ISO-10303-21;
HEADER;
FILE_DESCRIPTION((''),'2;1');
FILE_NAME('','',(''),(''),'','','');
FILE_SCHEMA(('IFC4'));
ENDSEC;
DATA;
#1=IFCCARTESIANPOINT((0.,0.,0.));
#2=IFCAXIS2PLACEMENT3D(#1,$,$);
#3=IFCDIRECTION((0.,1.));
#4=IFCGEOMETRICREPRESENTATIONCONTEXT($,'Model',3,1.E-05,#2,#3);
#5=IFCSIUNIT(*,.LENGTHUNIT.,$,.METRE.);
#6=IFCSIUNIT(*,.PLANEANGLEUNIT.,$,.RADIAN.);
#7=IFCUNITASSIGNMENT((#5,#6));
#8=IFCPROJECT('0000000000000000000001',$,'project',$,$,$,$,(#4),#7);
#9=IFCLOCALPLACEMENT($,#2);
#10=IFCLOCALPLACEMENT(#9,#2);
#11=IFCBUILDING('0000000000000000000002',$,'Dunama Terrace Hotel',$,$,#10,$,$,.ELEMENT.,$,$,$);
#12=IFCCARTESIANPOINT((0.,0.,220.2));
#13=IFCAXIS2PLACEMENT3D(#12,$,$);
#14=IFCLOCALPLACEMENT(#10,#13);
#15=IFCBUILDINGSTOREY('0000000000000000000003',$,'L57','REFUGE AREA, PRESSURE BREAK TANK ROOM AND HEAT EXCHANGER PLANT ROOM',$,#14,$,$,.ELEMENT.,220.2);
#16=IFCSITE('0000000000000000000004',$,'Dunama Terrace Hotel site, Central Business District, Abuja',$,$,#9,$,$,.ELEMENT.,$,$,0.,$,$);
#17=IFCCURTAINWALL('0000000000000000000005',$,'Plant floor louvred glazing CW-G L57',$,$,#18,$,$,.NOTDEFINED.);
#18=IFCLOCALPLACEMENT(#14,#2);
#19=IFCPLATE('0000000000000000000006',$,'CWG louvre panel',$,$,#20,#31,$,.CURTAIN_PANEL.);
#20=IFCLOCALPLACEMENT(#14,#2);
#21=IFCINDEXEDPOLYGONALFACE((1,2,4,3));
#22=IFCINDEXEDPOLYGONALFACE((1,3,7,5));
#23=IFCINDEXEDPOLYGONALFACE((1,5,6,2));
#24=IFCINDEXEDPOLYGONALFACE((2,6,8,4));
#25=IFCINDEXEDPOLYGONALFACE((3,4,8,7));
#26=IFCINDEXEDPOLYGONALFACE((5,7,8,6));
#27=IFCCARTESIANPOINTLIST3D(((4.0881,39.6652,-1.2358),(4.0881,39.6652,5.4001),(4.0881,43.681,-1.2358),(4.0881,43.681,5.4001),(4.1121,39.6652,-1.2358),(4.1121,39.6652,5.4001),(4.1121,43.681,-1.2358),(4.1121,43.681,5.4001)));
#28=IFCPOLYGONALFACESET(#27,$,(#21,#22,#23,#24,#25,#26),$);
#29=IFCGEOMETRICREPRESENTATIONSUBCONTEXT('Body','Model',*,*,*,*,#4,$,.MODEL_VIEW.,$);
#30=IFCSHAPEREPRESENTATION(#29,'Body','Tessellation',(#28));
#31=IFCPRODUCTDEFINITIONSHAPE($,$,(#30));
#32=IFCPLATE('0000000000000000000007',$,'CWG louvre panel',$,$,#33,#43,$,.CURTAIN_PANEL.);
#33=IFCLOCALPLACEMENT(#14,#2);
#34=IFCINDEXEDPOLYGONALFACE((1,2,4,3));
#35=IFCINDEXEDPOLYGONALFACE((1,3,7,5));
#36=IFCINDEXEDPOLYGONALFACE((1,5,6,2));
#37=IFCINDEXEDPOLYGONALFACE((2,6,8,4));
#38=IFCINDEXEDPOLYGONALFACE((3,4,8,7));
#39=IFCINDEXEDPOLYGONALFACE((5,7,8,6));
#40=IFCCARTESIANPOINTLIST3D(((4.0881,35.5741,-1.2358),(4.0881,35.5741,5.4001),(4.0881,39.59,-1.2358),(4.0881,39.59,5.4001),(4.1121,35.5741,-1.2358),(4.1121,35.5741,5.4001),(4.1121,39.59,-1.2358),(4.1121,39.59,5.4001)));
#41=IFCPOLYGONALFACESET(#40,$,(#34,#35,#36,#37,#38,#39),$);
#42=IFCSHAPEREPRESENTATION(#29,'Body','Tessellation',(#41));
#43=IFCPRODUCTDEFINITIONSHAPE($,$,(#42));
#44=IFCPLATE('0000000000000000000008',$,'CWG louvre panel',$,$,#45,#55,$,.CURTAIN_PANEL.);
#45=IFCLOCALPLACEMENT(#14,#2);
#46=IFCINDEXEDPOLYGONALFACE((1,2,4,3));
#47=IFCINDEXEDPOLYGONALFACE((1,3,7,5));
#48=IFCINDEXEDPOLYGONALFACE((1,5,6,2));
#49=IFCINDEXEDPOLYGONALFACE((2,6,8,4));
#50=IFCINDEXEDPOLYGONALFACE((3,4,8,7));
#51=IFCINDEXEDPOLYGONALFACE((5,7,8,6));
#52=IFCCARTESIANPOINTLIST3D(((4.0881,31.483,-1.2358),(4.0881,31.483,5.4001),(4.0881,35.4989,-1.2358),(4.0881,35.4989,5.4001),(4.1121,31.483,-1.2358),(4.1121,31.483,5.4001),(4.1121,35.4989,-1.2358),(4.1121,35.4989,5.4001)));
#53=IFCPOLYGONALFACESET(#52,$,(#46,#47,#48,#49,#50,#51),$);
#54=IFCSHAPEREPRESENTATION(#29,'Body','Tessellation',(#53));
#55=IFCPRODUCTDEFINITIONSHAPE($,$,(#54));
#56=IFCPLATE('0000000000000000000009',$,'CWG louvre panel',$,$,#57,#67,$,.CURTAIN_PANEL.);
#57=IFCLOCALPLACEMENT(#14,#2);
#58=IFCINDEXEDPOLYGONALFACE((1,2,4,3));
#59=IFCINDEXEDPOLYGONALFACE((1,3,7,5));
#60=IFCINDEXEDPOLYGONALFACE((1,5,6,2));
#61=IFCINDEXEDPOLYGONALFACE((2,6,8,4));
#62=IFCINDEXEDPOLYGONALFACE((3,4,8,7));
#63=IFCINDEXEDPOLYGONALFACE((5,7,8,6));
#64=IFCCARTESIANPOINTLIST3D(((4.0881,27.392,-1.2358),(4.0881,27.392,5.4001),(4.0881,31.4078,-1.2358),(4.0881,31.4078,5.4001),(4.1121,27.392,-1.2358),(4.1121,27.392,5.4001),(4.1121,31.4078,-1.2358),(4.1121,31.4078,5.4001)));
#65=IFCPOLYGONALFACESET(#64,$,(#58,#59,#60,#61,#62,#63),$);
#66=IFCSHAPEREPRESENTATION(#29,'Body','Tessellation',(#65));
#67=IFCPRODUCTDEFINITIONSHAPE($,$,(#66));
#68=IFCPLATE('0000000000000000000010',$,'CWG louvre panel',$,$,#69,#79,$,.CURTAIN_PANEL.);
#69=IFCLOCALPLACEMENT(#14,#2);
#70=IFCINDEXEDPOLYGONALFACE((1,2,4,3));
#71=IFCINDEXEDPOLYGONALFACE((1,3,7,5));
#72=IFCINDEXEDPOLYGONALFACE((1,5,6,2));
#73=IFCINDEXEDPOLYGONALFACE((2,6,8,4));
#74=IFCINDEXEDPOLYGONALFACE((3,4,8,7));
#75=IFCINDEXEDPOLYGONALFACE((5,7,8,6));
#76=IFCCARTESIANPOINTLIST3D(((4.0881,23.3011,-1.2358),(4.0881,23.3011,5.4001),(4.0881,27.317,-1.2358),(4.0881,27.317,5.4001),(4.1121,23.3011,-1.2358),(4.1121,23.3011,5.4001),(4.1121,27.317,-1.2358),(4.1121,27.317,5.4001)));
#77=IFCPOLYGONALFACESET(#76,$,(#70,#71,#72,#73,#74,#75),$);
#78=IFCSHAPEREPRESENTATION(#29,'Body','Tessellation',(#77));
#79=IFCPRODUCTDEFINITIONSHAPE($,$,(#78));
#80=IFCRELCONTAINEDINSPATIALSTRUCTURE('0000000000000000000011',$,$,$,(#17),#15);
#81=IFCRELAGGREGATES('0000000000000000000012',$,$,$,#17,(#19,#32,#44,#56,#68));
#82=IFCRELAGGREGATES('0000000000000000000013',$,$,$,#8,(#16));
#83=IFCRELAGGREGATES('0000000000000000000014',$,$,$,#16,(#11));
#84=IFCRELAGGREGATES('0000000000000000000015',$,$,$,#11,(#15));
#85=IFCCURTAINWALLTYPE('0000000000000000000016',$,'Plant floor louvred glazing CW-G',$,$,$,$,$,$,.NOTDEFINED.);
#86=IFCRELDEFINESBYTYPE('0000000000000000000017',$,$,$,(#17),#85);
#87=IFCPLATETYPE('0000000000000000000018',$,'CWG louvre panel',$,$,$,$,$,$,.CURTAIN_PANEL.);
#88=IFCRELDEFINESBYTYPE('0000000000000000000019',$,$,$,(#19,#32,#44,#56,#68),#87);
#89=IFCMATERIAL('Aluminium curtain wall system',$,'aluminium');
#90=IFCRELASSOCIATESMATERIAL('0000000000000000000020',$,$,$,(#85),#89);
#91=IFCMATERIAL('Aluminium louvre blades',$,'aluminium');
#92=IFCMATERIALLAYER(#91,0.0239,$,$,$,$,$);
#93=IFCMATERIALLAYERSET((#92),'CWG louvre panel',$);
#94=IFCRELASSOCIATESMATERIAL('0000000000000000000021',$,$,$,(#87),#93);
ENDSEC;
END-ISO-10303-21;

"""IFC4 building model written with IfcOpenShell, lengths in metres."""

from ifc_helpers import new_model, si_unit, direction, frame, origin, origin_2d, place, context, subcontext, project, spatial, rectangle, extrude, material, layer, layer_set, type_object, element, aggregate, save


model = new_model("IFC4")

# Units and contexts
model_context = context("Model", 3, precision=1e-05, world=origin(), true_north=direction((0.0, 1.0)))
body_context = subcontext(model_context, "Body", "Model", "MODEL_VIEW")
ifc_project = project(units=[si_unit("LENGTHUNIT", "METRE"), si_unit("PLANEANGLEUNIT", "RADIAN")], contexts=[model_context])

# Site, building, storey
site_placement = place(None, origin())
site = spatial("IfcSite", under=ifc_project, at=site_placement, Name="Dunama Terrace Hotel site, Central Business District, Abuja", CompositionType="ELEMENT", RefElevation=0.0)
building_placement = place(site_placement, origin())
building = spatial("IfcBuilding", under=site, at=building_placement, Name="Dunama Terrace Hotel", CompositionType="ELEMENT")
storey_placement = place(building_placement, frame((0.0, 0.0, 220.2)))
storey = spatial("IfcBuildingStorey", under=building, at=storey_placement, Name="L57", Description="REFUGE AREA, PRESSURE BREAK TANK ROOM AND HEAT EXCHANGER PLANT ROOM", CompositionType="ELEMENT", Elevation=220.2)

# Curtain wall, plates
ifc_material_1 = material(Name="Aluminium curtain wall system", Category="aluminium")
curtain_wall_type = type_object("IfcCurtainWallType", Name="Plant floor louvred glazing CW-G", PredefinedType="NOTDEFINED", material=ifc_material_1)
curtain_wall_placement = place(storey_placement, origin())
curtain_wall = element("IfcCurtainWall", 1, at=curtain_wall_placement, inside=storey, type_object=curtain_wall_type, Name="Plant floor louvred glazing CW-G L57", PredefinedType="NOTDEFINED")
ifc_material_2 = material(Name="Aluminium louvre blades", Category="aluminium")
ifc_layer = layer(ifc_material_2, 0.0239)
ifc_layer_set = layer_set([ifc_layer], Name="CWG louvre panel")
plate_type = type_object("IfcPlateType", Name="CWG louvre panel", PredefinedType="CURTAIN_PANEL", material=ifc_layer_set)
plate_1_placement = place(storey_placement, frame((4.1001, 41.6731, -1.2358), z_axis=(0.0, 0.0, 1.0), x_axis=(0.0, -1.0, 0.0)))
plate_1 = element("IfcPlate", 2, at=plate_1_placement, type_object=plate_type, Name="CWG louvre panel", PredefinedType="CURTAIN_PANEL", context=body_context, shape_type="SweptSolid", body=[
    extrude(rectangle(XDim=4.0159, YDim=0.0239, at=origin_2d()), origin(), (0.0, 0.0, 1.0), 6.636),
])
plate_2_placement = place(storey_placement, frame((4.1001, 37.582, -1.2358), z_axis=(0.0, 0.0, 1.0), x_axis=(0.0, -1.0, 0.0)))
plate_2 = element("IfcPlate", 3, at=plate_2_placement, type_object=plate_type, Name="CWG louvre panel", PredefinedType="CURTAIN_PANEL", context=body_context, shape_type="SweptSolid", body=[
    extrude(rectangle(XDim=4.0159, YDim=0.0239, at=origin_2d()), origin(), (0.0, 0.0, 1.0), 6.636),
])
plate_3_placement = place(storey_placement, frame((4.1001, 33.491, -1.2358), z_axis=(0.0, 0.0, 1.0), x_axis=(0.0, -1.0, 0.0)))
plate_3 = element("IfcPlate", 4, at=plate_3_placement, type_object=plate_type, Name="CWG louvre panel", PredefinedType="CURTAIN_PANEL", context=body_context, shape_type="SweptSolid", body=[
    extrude(rectangle(XDim=4.0159, YDim=0.0239, at=origin_2d()), origin(), (0.0, 0.0, 1.0), 6.636),
])
plate_4_placement = place(storey_placement, frame((4.1001, 29.3999, -1.2358), z_axis=(0.0, 0.0, 1.0), x_axis=(0.0, -1.0, 0.0)))
plate_4 = element("IfcPlate", 5, at=plate_4_placement, type_object=plate_type, Name="CWG louvre panel", PredefinedType="CURTAIN_PANEL", context=body_context, shape_type="SweptSolid", body=[
    extrude(rectangle(XDim=4.0159, YDim=0.0239, at=origin_2d()), origin(), (0.0, 0.0, 1.0), 6.636),
])
plate_5_placement = place(storey_placement, frame((4.1001, 25.3091, -1.2358), z_axis=(0.0, 0.0, 1.0), x_axis=(0.0, -1.0, 0.0)))
plate_5 = element("IfcPlate", 6, at=plate_5_placement, type_object=plate_type, Name="CWG louvre panel", PredefinedType="CURTAIN_PANEL", context=body_context, shape_type="SweptSolid", body=[
    extrude(rectangle(XDim=4.0159, YDim=0.0239, at=origin_2d()), origin(), (0.0, 0.0, 1.0), 6.636),
])
aggregate(curtain_wall, [plate_1, plate_2, plate_3, plate_4, plate_5])

save(model, "model.ifc")
